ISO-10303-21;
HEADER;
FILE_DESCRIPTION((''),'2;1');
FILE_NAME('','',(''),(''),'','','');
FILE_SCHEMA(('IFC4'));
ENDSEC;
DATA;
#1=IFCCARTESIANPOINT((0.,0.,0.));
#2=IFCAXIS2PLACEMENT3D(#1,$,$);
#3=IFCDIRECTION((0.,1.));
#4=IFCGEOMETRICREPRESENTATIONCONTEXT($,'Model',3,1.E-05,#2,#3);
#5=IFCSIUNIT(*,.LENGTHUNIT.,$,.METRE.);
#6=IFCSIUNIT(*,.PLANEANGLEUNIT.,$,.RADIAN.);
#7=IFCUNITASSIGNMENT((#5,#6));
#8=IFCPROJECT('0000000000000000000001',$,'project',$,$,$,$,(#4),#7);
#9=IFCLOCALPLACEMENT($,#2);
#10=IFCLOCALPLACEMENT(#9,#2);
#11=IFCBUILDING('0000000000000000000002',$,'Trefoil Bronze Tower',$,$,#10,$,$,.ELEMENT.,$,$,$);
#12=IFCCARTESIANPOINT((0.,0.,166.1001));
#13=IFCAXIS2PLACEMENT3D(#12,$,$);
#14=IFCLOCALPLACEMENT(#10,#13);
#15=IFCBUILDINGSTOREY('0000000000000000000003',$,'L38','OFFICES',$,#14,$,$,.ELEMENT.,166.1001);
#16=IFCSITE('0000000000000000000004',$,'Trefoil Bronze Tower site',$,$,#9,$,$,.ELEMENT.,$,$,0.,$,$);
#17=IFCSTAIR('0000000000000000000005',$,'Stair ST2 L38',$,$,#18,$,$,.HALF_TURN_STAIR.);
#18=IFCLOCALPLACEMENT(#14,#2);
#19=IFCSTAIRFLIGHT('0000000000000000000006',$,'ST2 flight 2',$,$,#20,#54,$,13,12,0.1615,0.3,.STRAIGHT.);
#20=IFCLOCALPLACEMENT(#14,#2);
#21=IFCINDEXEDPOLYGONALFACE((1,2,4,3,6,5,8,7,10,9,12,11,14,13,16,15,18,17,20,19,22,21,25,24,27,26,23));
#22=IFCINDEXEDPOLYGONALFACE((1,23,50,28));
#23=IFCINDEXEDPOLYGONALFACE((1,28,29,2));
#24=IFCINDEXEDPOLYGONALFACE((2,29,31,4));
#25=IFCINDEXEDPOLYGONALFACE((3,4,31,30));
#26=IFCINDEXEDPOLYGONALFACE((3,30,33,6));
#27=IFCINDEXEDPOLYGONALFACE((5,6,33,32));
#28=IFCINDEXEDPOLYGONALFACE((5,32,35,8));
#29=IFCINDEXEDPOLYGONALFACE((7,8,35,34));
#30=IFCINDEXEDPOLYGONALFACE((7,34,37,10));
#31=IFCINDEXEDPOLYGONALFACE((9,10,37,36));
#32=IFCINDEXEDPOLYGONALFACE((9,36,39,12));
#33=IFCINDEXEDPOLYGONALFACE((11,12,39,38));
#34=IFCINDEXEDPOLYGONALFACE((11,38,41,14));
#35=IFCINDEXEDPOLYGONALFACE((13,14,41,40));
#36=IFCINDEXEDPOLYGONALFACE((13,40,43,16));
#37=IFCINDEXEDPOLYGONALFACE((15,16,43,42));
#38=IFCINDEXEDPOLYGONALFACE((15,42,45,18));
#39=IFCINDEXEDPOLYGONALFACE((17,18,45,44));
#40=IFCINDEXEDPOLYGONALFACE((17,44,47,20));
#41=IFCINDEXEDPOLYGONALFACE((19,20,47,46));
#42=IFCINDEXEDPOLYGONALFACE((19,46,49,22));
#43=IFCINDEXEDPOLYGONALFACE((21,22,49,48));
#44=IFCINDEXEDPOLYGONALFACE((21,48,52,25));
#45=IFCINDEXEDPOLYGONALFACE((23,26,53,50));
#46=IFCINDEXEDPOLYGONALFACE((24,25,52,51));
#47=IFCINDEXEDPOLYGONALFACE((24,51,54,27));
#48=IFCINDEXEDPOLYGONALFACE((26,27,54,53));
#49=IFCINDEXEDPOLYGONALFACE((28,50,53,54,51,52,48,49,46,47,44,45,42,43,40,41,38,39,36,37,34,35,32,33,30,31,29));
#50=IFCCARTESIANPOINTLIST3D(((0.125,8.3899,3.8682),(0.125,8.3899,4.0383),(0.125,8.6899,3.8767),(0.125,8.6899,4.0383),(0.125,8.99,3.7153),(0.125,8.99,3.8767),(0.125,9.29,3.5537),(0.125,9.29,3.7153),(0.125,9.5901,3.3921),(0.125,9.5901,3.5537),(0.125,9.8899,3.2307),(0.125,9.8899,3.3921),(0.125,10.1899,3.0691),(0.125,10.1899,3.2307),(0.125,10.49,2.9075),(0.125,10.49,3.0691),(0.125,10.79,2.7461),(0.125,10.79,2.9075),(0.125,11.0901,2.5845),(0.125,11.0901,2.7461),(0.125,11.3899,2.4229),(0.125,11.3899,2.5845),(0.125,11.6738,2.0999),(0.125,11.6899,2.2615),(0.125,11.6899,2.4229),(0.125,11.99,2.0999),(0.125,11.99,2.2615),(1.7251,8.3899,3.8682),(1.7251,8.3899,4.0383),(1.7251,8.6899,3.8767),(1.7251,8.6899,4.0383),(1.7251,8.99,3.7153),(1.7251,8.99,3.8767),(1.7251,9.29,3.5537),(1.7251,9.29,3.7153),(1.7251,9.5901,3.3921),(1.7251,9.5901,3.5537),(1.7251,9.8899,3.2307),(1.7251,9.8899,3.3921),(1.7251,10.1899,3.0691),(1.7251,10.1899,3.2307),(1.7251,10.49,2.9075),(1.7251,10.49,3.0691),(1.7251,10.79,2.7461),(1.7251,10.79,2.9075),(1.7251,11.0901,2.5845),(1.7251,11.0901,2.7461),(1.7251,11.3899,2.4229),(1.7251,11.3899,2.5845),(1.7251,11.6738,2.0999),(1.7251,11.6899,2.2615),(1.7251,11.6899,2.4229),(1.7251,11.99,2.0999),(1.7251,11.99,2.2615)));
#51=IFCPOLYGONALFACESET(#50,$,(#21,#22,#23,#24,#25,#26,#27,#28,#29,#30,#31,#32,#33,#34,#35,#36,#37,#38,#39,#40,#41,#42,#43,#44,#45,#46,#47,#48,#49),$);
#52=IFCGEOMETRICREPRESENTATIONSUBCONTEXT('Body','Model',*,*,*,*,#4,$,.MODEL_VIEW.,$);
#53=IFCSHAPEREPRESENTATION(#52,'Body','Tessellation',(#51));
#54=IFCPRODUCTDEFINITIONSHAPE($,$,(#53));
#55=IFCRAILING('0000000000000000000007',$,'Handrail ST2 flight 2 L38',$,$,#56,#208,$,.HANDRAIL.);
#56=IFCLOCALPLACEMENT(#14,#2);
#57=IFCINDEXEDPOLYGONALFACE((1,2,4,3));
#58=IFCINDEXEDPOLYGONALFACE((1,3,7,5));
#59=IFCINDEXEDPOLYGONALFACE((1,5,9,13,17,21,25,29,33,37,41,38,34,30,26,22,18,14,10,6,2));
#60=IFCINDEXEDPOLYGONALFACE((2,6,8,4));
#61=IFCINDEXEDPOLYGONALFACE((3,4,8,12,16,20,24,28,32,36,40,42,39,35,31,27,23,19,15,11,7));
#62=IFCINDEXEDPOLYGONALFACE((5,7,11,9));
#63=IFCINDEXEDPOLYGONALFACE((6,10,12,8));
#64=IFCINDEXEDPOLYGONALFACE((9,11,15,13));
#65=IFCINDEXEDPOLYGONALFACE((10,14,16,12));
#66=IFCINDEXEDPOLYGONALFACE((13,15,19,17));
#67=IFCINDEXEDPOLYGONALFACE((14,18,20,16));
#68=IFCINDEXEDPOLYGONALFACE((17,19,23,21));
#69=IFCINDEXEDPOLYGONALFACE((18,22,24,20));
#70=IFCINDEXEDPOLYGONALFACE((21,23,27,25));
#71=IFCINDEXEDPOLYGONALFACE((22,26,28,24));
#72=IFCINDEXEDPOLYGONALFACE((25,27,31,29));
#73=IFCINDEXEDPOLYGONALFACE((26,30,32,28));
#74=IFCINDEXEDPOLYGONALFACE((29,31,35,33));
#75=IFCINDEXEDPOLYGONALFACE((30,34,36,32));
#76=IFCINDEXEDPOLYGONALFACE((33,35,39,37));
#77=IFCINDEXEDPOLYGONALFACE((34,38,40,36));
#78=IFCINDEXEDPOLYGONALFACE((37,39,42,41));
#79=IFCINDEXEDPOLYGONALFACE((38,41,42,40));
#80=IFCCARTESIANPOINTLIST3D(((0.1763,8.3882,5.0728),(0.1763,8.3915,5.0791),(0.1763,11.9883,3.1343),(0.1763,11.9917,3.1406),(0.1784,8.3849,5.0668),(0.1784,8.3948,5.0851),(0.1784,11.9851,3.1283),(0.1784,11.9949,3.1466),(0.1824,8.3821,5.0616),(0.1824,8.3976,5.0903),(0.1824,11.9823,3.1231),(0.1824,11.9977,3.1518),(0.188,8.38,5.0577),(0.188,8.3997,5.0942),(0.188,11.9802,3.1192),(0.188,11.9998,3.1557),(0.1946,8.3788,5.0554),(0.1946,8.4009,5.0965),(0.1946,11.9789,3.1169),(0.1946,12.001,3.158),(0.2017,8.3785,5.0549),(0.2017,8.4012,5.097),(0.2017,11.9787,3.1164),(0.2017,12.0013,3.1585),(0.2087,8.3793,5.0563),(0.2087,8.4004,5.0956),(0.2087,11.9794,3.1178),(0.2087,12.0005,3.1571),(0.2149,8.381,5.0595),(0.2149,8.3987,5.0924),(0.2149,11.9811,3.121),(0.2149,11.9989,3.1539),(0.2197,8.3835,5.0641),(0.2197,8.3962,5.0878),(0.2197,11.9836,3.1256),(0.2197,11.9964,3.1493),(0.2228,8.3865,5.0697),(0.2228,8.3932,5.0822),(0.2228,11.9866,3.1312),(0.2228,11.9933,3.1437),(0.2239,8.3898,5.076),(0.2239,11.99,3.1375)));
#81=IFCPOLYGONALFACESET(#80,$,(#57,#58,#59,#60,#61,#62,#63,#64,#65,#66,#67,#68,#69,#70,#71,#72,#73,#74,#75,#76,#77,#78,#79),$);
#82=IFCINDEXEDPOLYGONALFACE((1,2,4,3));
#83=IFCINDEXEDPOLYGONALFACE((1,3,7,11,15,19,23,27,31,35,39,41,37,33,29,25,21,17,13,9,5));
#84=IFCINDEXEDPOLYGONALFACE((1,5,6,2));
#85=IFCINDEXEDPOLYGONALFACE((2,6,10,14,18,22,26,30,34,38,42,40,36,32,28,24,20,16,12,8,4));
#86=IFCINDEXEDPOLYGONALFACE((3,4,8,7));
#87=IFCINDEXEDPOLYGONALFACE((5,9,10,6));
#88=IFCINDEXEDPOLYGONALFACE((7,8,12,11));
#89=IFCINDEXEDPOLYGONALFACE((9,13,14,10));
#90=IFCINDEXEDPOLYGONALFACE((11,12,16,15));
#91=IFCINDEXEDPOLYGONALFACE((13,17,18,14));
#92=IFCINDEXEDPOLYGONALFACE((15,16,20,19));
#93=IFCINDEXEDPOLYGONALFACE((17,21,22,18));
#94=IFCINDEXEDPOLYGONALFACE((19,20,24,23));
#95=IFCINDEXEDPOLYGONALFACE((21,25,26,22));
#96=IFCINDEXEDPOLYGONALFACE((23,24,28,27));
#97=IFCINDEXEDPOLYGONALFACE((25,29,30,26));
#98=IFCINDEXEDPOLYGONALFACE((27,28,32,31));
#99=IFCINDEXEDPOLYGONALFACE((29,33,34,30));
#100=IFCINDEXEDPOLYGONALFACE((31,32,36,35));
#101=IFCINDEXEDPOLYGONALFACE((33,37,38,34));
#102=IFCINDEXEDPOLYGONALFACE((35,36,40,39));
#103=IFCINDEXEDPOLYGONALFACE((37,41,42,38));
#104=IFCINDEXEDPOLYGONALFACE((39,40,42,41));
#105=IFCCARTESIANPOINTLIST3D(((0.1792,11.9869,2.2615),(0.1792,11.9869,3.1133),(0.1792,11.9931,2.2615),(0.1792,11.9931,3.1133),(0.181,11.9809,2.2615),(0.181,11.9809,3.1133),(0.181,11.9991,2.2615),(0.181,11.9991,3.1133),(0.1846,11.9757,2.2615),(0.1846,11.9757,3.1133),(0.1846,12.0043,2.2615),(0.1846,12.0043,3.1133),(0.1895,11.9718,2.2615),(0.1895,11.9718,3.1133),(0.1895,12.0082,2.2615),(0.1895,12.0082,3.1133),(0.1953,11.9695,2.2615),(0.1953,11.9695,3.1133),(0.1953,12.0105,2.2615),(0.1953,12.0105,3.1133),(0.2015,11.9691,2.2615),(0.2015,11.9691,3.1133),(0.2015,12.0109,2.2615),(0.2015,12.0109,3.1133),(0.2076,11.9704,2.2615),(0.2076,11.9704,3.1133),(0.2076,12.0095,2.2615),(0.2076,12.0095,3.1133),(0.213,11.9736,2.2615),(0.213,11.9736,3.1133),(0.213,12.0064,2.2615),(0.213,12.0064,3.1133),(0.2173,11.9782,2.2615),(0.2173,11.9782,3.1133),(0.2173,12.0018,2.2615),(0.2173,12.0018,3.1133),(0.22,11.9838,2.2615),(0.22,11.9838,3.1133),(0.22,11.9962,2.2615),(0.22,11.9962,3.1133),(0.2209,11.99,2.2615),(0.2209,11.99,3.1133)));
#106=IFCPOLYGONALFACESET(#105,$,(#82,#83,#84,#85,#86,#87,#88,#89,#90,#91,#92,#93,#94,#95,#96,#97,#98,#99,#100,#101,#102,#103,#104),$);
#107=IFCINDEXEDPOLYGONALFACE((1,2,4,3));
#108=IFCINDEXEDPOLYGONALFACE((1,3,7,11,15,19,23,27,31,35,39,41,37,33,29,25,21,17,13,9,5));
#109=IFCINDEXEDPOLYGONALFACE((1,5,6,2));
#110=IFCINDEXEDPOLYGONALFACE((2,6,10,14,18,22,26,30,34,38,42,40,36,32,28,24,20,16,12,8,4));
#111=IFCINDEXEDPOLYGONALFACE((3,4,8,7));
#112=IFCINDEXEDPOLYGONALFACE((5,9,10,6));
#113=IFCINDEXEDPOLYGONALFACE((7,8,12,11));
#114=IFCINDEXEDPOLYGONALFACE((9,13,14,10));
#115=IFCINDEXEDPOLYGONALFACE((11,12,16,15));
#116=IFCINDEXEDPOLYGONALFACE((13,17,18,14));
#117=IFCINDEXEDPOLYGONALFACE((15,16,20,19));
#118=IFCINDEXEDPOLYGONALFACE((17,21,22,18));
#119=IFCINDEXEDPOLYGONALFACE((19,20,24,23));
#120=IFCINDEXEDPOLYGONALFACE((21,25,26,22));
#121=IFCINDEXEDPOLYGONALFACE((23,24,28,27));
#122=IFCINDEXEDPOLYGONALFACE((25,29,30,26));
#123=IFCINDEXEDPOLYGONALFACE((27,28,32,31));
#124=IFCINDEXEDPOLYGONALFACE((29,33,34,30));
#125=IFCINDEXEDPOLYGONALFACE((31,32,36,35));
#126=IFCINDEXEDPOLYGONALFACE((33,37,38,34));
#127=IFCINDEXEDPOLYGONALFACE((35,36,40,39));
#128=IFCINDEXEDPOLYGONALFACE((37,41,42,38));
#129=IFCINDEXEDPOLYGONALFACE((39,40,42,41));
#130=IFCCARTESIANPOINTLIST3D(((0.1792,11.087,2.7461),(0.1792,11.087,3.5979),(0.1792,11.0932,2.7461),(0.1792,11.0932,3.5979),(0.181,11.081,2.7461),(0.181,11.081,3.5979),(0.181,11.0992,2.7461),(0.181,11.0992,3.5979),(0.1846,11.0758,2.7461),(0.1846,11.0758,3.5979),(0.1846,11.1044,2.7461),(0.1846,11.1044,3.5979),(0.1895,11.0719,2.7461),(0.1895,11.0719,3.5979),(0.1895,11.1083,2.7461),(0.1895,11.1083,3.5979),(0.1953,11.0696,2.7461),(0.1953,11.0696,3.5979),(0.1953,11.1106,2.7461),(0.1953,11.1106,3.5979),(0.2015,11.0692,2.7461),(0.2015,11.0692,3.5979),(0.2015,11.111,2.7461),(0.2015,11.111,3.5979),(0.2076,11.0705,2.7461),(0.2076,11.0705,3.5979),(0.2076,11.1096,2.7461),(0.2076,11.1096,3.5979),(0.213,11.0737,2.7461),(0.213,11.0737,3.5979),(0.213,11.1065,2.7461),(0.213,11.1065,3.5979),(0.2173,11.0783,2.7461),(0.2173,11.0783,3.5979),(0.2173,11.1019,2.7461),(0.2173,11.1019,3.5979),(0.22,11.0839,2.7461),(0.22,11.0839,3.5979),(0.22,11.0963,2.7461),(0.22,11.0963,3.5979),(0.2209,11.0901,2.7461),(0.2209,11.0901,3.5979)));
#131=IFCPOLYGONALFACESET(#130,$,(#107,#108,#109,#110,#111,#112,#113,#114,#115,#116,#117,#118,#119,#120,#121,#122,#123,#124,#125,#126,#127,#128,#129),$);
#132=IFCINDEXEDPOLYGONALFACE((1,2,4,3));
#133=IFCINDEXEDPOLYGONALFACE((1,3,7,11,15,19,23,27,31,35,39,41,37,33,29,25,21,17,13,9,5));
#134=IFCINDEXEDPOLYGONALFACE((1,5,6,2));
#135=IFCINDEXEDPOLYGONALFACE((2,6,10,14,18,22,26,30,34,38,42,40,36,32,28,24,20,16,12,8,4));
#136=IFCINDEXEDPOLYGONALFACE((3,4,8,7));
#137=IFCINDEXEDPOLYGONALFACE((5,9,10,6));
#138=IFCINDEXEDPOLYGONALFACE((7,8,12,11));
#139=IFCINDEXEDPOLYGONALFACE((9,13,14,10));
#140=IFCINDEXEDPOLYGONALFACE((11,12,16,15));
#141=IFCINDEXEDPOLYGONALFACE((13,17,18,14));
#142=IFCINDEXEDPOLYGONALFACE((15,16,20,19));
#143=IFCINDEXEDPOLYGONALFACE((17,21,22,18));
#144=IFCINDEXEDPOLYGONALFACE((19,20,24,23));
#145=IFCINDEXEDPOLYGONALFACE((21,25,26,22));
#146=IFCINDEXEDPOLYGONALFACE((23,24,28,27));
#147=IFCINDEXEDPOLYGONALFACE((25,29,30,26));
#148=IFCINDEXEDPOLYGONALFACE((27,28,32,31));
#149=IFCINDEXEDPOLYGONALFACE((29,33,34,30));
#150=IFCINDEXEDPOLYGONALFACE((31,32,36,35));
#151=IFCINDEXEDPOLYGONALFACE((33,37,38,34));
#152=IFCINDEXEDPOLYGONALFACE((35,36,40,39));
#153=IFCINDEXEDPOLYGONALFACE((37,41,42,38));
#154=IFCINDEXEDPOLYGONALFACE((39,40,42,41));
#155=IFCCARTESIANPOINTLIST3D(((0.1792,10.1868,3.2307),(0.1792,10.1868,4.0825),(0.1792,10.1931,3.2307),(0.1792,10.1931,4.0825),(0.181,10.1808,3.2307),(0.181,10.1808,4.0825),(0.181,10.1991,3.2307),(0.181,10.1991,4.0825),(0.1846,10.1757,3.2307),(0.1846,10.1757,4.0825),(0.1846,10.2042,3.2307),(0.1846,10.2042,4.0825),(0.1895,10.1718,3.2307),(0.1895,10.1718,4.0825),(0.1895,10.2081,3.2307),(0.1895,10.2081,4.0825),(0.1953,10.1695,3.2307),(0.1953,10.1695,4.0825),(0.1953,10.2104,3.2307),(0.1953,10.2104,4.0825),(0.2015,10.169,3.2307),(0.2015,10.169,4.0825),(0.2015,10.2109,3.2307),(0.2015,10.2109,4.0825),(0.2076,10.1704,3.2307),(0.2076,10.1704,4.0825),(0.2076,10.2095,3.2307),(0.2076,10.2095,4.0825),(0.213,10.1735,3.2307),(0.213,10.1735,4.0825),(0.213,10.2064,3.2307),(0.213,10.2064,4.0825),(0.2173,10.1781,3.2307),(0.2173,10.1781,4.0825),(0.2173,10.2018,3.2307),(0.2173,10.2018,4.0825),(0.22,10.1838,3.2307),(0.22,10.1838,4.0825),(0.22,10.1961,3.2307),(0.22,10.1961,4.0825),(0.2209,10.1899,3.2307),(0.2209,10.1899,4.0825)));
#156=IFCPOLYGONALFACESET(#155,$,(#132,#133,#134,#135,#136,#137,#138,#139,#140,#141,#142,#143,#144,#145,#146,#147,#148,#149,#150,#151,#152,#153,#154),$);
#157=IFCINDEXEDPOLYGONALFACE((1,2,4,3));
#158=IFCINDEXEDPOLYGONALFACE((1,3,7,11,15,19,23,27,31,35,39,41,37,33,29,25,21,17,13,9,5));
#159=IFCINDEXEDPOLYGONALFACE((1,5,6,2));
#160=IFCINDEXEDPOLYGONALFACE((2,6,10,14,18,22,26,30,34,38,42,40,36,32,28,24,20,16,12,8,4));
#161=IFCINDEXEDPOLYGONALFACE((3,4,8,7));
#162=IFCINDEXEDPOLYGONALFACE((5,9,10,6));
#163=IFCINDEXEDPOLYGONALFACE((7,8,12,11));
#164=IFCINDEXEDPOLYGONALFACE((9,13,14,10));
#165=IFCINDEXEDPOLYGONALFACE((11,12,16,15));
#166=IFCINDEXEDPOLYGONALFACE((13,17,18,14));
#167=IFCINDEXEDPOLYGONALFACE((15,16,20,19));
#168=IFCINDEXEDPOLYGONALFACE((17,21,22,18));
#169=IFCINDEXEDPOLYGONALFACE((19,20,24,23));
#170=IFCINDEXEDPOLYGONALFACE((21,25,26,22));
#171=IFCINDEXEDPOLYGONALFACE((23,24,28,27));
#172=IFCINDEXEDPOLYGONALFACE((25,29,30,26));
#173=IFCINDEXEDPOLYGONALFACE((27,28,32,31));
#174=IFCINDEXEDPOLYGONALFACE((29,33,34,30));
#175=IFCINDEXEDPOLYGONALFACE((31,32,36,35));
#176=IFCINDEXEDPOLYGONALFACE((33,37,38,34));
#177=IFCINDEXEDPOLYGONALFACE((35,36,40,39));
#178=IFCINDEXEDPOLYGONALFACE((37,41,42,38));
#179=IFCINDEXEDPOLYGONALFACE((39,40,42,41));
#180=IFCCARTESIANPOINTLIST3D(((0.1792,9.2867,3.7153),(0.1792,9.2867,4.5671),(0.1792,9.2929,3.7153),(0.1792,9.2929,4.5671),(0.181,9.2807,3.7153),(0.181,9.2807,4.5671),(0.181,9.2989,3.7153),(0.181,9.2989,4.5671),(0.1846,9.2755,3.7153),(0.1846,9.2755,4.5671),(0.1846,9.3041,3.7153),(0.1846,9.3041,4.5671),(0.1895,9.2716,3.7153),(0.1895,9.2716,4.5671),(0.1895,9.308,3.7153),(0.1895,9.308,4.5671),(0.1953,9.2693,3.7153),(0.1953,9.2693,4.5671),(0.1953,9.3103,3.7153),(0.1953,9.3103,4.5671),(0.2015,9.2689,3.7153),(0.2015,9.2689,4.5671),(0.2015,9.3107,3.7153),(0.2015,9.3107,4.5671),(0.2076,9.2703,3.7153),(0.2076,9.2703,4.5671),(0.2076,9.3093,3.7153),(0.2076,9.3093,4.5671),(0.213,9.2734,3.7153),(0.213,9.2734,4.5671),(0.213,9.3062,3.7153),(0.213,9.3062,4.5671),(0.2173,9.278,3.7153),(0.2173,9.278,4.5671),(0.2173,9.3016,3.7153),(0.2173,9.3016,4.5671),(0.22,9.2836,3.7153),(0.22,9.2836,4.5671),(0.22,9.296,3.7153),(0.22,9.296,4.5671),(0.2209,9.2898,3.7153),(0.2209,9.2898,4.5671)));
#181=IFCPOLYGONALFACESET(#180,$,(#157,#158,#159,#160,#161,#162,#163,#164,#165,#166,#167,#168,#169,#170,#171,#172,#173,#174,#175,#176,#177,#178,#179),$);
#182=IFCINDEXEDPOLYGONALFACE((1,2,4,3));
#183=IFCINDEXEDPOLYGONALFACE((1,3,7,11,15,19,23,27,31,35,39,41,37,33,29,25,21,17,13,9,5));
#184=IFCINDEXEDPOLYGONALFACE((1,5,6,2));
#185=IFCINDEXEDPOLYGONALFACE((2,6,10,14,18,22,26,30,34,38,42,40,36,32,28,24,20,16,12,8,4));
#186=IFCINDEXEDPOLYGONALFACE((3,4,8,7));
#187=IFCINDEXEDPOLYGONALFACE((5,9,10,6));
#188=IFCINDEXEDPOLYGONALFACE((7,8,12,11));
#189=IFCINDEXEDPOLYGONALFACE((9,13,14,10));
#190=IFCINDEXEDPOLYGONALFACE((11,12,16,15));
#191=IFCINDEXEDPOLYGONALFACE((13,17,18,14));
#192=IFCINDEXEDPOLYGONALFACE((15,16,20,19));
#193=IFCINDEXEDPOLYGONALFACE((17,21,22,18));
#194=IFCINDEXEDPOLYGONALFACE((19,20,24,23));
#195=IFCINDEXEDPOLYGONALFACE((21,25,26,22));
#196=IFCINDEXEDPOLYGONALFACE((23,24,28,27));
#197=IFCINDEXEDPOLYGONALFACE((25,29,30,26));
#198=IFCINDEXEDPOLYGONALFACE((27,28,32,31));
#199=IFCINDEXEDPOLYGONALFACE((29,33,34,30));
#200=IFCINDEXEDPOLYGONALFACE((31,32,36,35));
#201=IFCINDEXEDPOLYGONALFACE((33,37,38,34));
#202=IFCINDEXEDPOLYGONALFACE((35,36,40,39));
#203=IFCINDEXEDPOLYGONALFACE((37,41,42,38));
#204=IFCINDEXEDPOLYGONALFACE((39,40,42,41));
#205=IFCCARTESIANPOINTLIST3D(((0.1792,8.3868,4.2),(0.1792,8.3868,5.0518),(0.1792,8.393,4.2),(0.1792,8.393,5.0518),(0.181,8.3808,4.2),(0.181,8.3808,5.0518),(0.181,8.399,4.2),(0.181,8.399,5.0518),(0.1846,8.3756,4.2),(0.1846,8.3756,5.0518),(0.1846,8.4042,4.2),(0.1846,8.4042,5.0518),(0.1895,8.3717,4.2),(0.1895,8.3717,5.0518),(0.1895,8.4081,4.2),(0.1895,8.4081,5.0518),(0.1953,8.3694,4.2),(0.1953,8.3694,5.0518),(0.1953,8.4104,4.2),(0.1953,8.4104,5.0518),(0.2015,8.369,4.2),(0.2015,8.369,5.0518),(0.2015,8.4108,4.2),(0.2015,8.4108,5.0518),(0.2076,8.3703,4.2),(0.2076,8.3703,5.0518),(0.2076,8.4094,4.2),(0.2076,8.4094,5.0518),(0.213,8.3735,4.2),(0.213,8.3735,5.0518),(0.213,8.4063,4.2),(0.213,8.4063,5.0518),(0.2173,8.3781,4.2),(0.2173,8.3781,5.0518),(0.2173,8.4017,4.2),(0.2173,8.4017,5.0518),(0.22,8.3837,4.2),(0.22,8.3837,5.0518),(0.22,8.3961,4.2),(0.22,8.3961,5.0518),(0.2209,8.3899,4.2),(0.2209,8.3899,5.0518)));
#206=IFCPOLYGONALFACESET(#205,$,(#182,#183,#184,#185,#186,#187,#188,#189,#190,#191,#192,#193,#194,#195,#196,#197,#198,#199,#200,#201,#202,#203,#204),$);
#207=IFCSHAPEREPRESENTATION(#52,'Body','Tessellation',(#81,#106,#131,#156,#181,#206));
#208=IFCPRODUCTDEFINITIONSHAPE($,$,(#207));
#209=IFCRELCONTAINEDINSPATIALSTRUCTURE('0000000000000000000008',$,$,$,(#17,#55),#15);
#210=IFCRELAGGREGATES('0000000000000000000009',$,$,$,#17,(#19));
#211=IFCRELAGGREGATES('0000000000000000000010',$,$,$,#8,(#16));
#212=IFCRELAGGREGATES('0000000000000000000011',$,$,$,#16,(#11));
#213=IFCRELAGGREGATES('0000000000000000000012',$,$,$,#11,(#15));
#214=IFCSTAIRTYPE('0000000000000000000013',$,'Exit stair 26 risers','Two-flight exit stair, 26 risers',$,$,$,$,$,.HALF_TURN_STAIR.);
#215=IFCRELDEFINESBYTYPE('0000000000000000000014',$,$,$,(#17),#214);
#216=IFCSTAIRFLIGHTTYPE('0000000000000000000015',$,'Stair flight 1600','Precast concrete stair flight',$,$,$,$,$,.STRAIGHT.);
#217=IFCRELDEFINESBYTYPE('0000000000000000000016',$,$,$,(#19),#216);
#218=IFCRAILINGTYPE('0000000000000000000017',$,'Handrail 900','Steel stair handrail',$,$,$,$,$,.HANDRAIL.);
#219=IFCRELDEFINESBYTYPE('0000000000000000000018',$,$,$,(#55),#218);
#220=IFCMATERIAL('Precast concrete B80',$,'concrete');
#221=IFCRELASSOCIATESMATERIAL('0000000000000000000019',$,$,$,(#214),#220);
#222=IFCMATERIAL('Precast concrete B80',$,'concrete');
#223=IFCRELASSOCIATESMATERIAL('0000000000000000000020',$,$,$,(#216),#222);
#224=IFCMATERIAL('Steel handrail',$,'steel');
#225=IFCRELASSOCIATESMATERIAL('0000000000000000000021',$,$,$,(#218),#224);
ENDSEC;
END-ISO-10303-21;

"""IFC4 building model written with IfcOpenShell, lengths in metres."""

from ifc_helpers import new_model, si_unit, direction, frame, origin, origin_2d, place, context, subcontext, project, spatial, polyline, circle, outline, extrude, material, type_object, element, aggregate, save


model = new_model("IFC4")

# Units and contexts
model_context = context("Model", 3, precision=1e-05, world=origin(), true_north=direction((0.0, 1.0)))
body_context = subcontext(model_context, "Body", "Model", "MODEL_VIEW")
ifc_project = project(units=[si_unit("LENGTHUNIT", "METRE"), si_unit("PLANEANGLEUNIT", "RADIAN")], contexts=[model_context])

# Site, building, storey
site_placement = place(None, origin())
site = spatial("IfcSite", under=ifc_project, at=site_placement, Name="Trefoil Bronze Tower site", CompositionType="ELEMENT", RefElevation=0.0)
building_placement = place(site_placement, origin())
building = spatial("IfcBuilding", under=site, at=building_placement, Name="Trefoil Bronze Tower", CompositionType="ELEMENT")
storey_placement = place(building_placement, frame((0.0, 0.0, 166.1001)))
storey = spatial("IfcBuildingStorey", under=building, at=storey_placement, Name="L38", Description="OFFICES", CompositionType="ELEMENT", Elevation=166.1001)

# Stair, stair flight
ifc_material_1 = material(Name="Precast concrete B80", Category="concrete")
stair_type = type_object("IfcStairType", Name="Exit stair 26 risers", Description="Two-flight exit stair, 26 risers", PredefinedType="HALF_TURN_STAIR", material=ifc_material_1)
stair_placement = place(storey_placement, origin())
stair = element("IfcStair", 1, at=stair_placement, inside=storey, type_object=stair_type, Name="Stair ST2 L38", PredefinedType="HALF_TURN_STAIR")
ifc_material_2 = material(Name="Precast concrete B80", Category="concrete")
stair_flight_type = type_object("IfcStairFlightType", Name="Stair flight 1600", Description="Precast concrete stair flight", PredefinedType="STRAIGHT", material=ifc_material_2)
stair_flight_placement = place(storey_placement, frame((0.925, 11.99, 2.0999), z_axis=(0.0, 0.0, 1.0), x_axis=(0.0, -1.0, 0.0)))
stair_flight = element("IfcStairFlight", 2, at=stair_flight_placement, type_object=stair_flight_type, Name="ST2 flight 2", NumberOfRisers=13, NumberOfTreads=12, PredefinedType="STRAIGHT", RiserHeight=0.1615, TreadLength=0.3, context=body_context, shape_type="SweptSolid", body=[
    extrude(outline(polyline([(0.0, 0.0), (0.0, 0.1616), (0.3, 0.1616), (0.3, 0.323), (0.6001, 0.323), (0.6001, 0.4846), (0.8999, 0.4846), (0.8999, 0.6462), (1.2, 0.6462), (1.2, 0.8076), (1.5, 0.8076), (1.5, 0.9692), (1.8, 0.9692), (1.8, 1.1309), (2.1001, 1.1309), (2.1001, 1.2922), (2.3999, 1.2922), (2.3999, 1.4539), (2.7, 1.4539), (2.7, 1.6155), (3.0, 1.6155), (3.0, 1.7769), (3.3, 1.7769), (3.3, 1.9385), (3.6001, 1.9385), (3.6001, 2.1001), (3.6001, 1.7683), (0.3162, 0.0), (0.0, 0.0)])), frame((0.0, 0.8, 0.0), z_axis=(0.0, -1.0, 0.0), x_axis=(1.0, 0.0, 0.0)), (0.0, 0.0, 1.0), 1.6001),
])
aggregate(stair, [stair_flight])

# Railing
ifc_material_3 = material(Name="Steel handrail", Category="steel")
railing_type = type_object("IfcRailingType", Name="Handrail 900", Description="Steel stair handrail", PredefinedType="HANDRAIL", material=ifc_material_3)
railing_placement = place(storey_placement, frame((0.2, 11.99, 2.2615)))
element("IfcRailing", 3, at=railing_placement, inside=storey, type_object=railing_type, Name="Handrail ST2 flight 2 L38", PredefinedType="HANDRAIL", context=body_context, shape_type="SweptSolid", body=[
    extrude(circle(Radius=0.0239, at=origin_2d()), frame((0.0, 0.0, 0.876), z_axis=(0.0, -0.880475, 0.474093), x_axis=(1.0, 0.0, 0.0)), (0.0, 0.0, 1.0), 4.0889),
    extrude(circle(Radius=0.021, at=origin_2d()), origin(), (0.0, 0.0, 1.0), 0.8518),
    extrude(circle(Radius=0.021, at=origin_2d()), frame((0.0, -0.8999, 0.4846)), (0.0, 0.0, 1.0), 0.8518),
    extrude(circle(Radius=0.021, at=origin_2d()), frame((0.0, -1.8, 0.9692)), (0.0, 0.0, 1.0), 0.8518),
    extrude(circle(Radius=0.021, at=origin_2d()), frame((0.0, -2.7002, 1.4539)), (0.0, 0.0, 1.0), 0.8518),
    extrude(circle(Radius=0.021, at=origin_2d()), frame((0.0, -3.6001, 1.9385)), (0.0, 0.0, 1.0), 0.8518),
])

save(model, "model.ifc")
